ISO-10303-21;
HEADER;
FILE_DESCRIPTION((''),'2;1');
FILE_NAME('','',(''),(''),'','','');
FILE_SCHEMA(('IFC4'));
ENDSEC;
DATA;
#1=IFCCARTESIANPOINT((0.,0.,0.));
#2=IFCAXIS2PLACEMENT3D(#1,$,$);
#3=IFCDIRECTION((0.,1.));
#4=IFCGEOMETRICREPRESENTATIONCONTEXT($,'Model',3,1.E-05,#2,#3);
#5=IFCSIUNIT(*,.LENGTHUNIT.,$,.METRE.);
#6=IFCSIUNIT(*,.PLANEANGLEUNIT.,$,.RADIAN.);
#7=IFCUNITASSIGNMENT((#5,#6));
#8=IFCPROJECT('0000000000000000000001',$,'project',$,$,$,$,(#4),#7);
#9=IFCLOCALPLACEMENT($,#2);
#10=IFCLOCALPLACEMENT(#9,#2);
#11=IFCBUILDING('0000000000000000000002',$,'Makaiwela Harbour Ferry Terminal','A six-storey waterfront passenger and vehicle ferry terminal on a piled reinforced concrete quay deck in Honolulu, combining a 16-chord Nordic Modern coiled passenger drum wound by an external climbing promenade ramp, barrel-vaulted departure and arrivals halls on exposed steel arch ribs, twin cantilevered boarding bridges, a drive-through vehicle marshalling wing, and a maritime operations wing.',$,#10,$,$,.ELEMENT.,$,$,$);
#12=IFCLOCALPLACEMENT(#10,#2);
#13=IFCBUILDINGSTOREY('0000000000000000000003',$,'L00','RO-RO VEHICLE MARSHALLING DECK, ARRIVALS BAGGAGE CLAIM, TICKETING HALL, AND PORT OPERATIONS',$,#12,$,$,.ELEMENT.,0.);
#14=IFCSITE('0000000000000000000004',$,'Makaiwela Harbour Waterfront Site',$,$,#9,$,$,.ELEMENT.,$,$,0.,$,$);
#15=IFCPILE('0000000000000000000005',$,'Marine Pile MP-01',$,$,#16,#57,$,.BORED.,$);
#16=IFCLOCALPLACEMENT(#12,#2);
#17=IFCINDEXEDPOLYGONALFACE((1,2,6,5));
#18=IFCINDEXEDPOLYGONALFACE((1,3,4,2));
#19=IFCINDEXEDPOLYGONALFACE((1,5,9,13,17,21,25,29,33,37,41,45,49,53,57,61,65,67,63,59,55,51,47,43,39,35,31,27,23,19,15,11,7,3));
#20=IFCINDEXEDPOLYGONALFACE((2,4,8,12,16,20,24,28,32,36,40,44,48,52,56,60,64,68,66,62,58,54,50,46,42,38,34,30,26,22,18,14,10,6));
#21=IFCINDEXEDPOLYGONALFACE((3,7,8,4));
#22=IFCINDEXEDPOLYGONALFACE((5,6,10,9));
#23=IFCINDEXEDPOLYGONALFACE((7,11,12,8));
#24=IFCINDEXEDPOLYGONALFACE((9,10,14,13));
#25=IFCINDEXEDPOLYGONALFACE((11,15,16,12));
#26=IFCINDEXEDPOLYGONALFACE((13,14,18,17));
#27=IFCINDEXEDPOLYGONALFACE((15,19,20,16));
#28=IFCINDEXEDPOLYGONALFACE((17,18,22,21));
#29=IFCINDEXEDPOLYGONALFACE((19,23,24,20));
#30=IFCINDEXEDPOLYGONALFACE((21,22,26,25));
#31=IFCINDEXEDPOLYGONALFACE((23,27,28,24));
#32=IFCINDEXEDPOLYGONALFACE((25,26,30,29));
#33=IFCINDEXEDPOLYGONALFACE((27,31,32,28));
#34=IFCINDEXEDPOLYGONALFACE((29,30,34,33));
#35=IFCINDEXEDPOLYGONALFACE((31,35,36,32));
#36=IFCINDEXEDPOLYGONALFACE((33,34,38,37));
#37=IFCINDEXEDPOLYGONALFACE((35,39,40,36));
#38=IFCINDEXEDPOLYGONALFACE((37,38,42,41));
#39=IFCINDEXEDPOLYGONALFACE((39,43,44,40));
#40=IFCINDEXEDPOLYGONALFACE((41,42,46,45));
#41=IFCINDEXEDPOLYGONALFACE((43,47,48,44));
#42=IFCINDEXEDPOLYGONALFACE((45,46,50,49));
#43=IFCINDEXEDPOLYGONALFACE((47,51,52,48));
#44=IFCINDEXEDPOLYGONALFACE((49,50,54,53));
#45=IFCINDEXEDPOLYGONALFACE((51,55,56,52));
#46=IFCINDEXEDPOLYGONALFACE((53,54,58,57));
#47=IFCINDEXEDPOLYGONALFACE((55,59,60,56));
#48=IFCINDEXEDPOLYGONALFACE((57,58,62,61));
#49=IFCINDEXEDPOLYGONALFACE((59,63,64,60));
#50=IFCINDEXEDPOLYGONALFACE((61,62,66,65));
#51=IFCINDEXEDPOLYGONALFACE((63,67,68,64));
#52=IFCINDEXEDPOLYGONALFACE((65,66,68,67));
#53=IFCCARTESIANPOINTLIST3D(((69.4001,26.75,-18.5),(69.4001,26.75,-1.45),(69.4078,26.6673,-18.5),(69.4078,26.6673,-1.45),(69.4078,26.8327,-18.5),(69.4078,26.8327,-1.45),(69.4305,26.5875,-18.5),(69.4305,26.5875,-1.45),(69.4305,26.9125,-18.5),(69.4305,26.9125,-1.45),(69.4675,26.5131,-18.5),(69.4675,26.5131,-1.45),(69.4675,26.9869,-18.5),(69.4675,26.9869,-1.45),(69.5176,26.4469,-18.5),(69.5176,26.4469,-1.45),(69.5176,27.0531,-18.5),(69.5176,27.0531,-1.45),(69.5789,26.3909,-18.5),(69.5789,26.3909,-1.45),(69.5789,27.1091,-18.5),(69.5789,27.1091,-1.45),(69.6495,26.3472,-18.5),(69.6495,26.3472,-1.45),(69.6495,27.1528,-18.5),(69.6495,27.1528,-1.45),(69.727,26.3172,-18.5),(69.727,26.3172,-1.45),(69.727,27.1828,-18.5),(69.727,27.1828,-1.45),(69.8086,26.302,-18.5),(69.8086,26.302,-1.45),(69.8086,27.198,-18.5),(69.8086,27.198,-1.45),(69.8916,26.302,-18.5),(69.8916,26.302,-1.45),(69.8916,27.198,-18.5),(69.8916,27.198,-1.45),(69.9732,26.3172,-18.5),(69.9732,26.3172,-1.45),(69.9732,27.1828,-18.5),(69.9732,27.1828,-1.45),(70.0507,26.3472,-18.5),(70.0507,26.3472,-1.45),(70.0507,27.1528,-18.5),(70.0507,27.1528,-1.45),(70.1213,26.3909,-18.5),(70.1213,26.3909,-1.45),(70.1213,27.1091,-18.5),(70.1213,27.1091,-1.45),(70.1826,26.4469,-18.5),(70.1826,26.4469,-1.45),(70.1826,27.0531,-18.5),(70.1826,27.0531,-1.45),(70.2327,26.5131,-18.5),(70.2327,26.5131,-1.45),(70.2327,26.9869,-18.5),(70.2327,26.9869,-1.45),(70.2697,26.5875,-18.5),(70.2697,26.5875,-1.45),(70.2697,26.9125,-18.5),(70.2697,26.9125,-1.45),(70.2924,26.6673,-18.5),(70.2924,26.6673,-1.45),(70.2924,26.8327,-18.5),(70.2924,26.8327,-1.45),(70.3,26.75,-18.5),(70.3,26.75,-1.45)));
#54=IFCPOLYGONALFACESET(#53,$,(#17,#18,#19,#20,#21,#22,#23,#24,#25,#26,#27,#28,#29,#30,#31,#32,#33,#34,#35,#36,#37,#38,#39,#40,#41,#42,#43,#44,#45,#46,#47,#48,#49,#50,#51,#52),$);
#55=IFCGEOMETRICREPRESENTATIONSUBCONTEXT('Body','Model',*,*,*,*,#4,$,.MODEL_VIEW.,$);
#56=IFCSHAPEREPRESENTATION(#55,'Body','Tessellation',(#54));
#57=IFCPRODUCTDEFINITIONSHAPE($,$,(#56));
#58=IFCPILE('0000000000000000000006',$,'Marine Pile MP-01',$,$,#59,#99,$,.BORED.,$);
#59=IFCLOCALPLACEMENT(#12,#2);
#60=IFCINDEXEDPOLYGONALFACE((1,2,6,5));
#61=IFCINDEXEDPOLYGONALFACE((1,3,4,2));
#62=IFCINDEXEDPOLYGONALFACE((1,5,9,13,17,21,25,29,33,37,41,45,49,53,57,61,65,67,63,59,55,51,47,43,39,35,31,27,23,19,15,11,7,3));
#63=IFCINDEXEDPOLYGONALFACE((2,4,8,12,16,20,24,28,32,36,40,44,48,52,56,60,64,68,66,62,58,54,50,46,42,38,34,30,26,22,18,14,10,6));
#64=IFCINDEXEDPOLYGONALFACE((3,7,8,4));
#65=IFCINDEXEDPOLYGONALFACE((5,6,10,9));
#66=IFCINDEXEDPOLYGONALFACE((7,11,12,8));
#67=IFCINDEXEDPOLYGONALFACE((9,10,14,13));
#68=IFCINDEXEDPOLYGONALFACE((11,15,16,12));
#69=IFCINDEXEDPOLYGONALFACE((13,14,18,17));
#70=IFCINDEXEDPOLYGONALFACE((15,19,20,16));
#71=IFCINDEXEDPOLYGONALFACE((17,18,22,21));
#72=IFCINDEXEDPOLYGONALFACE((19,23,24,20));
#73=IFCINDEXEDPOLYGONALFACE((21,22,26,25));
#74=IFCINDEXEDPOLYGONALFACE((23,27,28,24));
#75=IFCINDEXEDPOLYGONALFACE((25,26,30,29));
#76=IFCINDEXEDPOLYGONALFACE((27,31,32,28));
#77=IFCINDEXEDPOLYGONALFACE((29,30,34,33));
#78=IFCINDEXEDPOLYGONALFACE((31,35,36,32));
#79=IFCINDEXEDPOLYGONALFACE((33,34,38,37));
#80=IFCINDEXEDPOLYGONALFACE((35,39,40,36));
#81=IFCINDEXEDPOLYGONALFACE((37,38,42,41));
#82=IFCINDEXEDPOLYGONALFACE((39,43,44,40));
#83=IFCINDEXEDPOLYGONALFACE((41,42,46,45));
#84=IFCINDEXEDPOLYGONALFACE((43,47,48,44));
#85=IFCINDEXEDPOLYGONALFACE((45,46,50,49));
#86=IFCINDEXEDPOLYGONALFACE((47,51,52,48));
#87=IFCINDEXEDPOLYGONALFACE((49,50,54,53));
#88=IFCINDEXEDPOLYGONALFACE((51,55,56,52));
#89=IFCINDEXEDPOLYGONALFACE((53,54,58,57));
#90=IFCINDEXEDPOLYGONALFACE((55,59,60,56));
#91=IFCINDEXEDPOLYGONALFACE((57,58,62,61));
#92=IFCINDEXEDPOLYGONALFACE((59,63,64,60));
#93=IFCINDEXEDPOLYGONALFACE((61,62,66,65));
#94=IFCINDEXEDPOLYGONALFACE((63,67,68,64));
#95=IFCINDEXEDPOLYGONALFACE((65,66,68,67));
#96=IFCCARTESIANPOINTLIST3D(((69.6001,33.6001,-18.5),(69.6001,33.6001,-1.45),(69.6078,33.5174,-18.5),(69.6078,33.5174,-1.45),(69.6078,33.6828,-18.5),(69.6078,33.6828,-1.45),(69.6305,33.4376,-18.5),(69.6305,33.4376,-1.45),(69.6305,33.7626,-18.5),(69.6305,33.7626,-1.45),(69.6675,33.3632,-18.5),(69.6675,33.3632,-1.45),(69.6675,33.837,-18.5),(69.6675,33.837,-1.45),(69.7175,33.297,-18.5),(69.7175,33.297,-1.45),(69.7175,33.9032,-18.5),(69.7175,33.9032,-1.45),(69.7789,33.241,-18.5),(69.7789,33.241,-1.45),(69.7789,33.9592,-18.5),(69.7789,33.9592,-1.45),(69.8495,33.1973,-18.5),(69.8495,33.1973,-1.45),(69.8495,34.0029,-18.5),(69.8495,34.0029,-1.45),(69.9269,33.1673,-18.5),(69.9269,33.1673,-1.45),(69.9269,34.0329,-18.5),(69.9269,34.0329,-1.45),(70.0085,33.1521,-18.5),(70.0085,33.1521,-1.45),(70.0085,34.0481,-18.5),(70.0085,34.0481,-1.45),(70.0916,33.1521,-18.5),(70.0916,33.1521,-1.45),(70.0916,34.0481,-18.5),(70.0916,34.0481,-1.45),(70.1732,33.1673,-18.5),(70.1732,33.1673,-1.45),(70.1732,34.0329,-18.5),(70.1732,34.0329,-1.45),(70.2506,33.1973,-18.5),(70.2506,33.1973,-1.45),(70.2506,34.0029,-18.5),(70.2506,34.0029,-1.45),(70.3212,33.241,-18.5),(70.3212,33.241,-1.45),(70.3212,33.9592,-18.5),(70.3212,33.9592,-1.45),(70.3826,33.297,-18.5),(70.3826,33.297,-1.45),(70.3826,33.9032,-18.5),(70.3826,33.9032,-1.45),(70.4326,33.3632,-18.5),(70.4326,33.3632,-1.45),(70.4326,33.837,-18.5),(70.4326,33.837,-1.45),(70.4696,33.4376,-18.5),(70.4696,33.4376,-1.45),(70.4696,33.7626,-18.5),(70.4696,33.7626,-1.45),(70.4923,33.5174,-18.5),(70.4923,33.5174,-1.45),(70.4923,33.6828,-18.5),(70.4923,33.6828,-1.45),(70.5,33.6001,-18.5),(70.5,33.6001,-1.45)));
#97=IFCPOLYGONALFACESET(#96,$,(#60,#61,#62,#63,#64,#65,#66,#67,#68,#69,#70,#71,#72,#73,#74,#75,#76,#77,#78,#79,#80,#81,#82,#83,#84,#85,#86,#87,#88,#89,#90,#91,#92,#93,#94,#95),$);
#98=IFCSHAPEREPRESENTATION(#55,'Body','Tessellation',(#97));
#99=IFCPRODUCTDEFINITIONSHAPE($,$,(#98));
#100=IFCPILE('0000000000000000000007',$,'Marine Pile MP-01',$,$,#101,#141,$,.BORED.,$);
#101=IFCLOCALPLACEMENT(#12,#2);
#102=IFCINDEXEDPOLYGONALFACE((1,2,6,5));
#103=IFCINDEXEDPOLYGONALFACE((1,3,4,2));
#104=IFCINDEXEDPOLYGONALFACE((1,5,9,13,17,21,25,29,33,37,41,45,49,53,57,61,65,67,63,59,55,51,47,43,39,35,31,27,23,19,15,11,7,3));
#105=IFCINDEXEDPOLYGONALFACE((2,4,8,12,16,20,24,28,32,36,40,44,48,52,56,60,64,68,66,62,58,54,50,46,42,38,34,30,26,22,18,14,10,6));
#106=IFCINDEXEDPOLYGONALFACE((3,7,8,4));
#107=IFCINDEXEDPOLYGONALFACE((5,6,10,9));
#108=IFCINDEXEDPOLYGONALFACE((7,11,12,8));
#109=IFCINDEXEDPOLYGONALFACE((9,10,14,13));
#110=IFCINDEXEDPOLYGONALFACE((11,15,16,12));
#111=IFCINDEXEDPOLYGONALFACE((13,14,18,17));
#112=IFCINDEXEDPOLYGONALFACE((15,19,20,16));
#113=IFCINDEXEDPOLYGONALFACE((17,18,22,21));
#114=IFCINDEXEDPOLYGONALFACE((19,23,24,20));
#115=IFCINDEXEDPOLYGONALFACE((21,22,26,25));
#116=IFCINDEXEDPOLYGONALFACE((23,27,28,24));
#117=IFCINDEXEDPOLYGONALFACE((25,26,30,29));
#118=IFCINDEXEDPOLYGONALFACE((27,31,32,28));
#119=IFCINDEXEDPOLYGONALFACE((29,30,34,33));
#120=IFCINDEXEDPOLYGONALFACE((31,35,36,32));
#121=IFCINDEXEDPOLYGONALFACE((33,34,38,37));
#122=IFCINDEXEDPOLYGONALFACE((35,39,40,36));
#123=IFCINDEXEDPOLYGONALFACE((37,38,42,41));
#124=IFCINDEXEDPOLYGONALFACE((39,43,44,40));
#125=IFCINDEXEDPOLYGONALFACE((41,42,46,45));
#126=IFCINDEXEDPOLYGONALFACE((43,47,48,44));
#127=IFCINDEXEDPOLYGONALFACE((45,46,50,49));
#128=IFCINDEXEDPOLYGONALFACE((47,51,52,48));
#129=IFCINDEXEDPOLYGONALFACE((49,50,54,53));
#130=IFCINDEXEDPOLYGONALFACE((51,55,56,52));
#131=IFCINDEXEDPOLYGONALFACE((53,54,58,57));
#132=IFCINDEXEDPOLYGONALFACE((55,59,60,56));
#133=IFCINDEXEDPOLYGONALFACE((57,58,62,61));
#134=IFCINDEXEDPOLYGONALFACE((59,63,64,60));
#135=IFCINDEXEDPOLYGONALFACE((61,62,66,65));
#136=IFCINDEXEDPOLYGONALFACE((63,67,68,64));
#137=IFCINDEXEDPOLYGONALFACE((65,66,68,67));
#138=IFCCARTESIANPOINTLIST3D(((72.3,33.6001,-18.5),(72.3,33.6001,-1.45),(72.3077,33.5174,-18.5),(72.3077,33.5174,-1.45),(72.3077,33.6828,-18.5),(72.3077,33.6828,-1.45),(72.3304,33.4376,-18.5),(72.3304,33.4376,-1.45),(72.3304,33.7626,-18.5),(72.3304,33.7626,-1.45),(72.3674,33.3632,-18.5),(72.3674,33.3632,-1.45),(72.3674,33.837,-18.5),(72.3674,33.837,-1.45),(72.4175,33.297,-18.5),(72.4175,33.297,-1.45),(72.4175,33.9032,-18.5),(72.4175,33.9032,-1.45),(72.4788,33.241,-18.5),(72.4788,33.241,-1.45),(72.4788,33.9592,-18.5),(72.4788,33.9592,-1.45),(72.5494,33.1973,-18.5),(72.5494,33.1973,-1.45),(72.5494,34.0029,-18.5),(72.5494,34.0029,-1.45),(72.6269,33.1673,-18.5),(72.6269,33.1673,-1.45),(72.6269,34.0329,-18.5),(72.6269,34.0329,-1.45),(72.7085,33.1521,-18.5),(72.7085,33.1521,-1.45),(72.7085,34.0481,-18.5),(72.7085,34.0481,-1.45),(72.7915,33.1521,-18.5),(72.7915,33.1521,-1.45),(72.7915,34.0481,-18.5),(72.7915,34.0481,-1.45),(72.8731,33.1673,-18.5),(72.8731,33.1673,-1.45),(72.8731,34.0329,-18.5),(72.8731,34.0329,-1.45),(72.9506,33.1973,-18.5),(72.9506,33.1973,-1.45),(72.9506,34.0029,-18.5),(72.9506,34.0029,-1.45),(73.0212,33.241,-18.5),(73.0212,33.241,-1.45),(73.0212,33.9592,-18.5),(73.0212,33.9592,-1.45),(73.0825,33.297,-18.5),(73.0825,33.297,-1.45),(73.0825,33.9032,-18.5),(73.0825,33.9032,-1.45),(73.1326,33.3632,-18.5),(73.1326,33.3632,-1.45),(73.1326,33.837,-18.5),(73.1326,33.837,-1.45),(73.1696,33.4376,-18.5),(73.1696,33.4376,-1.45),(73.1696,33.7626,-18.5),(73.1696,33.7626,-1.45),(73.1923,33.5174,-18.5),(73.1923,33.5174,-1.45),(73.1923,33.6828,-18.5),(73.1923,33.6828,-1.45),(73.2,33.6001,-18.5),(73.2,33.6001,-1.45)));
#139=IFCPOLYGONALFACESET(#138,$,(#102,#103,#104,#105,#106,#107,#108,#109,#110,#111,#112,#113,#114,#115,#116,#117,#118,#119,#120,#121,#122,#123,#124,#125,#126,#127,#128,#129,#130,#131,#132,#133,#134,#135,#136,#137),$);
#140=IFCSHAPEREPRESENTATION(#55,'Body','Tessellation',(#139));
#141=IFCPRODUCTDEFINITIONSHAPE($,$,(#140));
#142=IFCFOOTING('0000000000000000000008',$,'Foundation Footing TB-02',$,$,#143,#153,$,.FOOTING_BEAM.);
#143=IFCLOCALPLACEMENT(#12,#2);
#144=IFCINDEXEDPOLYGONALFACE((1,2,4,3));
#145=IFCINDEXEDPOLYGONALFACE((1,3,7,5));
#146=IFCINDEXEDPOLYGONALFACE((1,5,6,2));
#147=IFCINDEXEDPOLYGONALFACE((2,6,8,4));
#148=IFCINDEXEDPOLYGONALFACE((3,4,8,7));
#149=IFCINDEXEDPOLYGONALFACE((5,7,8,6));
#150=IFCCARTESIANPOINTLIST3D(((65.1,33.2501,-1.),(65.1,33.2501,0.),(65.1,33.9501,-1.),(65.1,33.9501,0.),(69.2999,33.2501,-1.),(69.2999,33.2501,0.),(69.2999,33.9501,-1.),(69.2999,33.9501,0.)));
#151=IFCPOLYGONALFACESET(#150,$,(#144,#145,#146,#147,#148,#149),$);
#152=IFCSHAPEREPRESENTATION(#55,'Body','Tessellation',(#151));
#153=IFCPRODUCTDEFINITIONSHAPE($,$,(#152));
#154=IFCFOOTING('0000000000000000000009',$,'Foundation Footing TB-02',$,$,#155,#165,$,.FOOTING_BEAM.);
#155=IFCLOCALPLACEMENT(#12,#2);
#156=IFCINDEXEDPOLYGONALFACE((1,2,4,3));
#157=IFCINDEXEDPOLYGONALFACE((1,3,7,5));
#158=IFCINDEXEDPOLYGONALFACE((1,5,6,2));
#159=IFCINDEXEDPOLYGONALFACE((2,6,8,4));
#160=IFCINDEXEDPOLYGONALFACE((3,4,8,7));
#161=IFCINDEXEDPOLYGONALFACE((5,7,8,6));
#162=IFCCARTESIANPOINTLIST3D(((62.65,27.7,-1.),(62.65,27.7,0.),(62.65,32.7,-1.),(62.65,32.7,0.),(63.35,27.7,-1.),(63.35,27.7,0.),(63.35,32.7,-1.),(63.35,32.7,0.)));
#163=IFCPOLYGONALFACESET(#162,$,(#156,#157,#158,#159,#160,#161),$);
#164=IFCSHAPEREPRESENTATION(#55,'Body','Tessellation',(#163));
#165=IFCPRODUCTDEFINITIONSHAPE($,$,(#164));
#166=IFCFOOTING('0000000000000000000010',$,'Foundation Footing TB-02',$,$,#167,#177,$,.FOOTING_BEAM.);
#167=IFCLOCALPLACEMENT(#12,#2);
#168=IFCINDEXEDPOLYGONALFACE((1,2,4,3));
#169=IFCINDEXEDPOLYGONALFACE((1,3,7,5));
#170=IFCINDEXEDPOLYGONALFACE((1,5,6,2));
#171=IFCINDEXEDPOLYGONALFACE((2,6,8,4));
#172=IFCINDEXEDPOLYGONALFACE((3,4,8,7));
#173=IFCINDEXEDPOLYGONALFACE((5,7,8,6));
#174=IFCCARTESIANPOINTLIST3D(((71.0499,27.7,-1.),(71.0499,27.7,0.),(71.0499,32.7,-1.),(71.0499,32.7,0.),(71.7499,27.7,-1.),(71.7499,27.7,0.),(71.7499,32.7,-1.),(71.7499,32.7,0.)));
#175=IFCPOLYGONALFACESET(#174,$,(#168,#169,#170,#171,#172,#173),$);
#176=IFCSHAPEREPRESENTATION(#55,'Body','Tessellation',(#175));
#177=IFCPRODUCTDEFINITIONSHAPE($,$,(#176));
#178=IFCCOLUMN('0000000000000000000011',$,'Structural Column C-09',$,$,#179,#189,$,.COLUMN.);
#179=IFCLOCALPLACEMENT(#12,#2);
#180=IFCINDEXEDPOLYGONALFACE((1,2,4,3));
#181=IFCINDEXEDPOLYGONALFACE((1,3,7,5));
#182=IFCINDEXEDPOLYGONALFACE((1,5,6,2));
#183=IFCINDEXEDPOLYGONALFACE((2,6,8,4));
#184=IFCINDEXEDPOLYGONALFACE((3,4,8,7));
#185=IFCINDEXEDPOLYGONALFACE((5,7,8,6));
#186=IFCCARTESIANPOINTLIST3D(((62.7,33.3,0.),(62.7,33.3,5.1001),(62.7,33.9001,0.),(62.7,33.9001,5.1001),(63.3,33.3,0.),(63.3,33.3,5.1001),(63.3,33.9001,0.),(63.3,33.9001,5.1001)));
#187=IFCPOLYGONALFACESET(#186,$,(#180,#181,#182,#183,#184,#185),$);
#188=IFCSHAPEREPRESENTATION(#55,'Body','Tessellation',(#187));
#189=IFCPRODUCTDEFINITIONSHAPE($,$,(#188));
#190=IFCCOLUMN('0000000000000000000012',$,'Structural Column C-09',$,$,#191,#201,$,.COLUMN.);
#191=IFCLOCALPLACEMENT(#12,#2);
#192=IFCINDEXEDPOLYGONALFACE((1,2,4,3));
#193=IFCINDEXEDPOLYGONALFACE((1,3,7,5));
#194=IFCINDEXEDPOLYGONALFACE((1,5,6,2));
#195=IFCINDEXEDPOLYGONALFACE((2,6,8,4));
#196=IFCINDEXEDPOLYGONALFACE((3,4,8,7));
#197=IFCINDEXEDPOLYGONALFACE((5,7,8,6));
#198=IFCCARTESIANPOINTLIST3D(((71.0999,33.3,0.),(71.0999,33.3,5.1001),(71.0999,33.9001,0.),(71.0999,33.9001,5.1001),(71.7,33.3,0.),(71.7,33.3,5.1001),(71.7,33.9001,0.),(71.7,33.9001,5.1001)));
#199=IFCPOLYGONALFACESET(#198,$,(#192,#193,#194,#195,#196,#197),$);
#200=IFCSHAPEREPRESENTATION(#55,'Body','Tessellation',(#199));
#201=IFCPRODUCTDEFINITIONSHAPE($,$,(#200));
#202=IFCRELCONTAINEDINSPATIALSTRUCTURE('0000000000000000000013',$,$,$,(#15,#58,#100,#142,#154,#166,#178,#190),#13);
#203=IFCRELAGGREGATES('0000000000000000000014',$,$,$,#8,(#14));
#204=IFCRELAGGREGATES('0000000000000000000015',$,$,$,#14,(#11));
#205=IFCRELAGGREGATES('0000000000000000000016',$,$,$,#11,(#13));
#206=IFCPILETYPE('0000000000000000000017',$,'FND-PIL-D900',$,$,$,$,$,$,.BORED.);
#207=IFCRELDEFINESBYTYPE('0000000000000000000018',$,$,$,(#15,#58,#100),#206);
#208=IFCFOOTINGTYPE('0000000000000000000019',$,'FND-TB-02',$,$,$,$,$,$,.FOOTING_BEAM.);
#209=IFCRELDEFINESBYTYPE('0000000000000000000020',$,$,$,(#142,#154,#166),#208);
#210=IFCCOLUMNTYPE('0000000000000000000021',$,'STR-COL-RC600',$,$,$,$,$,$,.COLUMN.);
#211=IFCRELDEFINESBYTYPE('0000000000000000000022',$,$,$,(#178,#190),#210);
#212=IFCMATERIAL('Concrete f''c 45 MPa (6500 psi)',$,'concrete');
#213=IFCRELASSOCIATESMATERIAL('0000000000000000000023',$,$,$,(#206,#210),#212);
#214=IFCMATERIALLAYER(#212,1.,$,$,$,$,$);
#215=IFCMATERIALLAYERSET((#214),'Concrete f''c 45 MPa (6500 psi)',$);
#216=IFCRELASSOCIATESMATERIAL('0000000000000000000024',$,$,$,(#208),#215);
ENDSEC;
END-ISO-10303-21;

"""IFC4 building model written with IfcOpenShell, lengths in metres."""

from ifc_helpers import new_model, si_unit, direction, frame, origin, origin_2d, place, context, subcontext, project, spatial, rectangle, circle, extrude, material, layer, layer_set, material_profile, profile_set, type_object, element, save


model = new_model("IFC4")

# Units and contexts
model_context = context("Model", 3, precision=1e-05, world=origin(), true_north=direction((0.0, 1.0)))
body_context = subcontext(model_context, "Body", "Model", "MODEL_VIEW")
ifc_project = project(units=[si_unit("LENGTHUNIT", "METRE"), si_unit("PLANEANGLEUNIT", "RADIAN")], contexts=[model_context])

# Site, building, storey
site_placement = place(None, origin())
site = spatial("IfcSite", under=ifc_project, at=site_placement, Name="Makaiwela Harbour Waterfront Site", CompositionType="ELEMENT", RefElevation=0.0)
building_placement = place(site_placement, origin())
building = spatial("IfcBuilding", under=site, at=building_placement, Name="Makaiwela Harbour Ferry Terminal", Description="A six-storey waterfront passenger and vehicle ferry terminal on a piled reinforced concrete quay deck in Honolulu, combining a 16-chord Nordic Modern coiled passenger drum wound by an external climbing promenade ramp, barrel-vaulted departure and arrivals halls on exposed steel arch ribs, twin cantilevered boarding bridges, a drive-through vehicle marshalling wing, and a maritime operations wing.", CompositionType="ELEMENT")
storey_placement = place(building_placement, origin())
storey = spatial("IfcBuildingStorey", under=building, at=storey_placement, Name="L00", Description="RO-RO VEHICLE MARSHALLING DECK, ARRIVALS BAGGAGE CLAIM, TICKETING HALL, AND PORT OPERATIONS", CompositionType="ELEMENT", Elevation=0.0)

# Shared definitions
ifc_material_1 = material(Name="Concrete f'c 45 MPa (6500 psi)", Category="concrete")

# Piles
ifc_material_profile_1 = material_profile(ifc_material_1, circle(Radius=0.45, at=origin_2d()), Name="PILE-D900")
ifc_profile_set_1 = profile_set([ifc_material_profile_1], Name="Concrete f'c 45 MPa (6500 psi)")
pile_type = type_object("IfcPileType", Name="FND-PIL-D900", PredefinedType="BORED", material=ifc_profile_set_1)
for number, where, z_axis, x_axis, name in (
    (1, (69.8501, 26.75, -1.45), (0.0, 0.0, -1.0), (1.0, 0.0, 0.0), "Marine Pile MP-01"),
    (2, (70.05, 33.6001, -1.45), (0.0, 0.0, -1.0), (1.0, 0.0, 0.0), "Marine Pile MP-01"),
    (3, (72.75, 33.6001, -1.45), (0.0, 0.0, -1.0), (1.0, 0.0, 0.0), "Marine Pile MP-01"),
):
    element("IfcPile", number, at=place(storey_placement, frame(where, z_axis=z_axis, x_axis=x_axis)), inside=storey, type_object=pile_type, Name=name, PredefinedType="BORED", context=body_context, shape_type="SweptSolid", body=[
        extrude(circle(Radius=0.45, at=origin_2d()), origin(), (0.0, 0.0, 1.0), 17.05),
    ])

# Footings
ifc_layer_1 = layer(ifc_material_1, 1.0)
ifc_layer_set_1 = layer_set([ifc_layer_1], Name="Concrete f'c 45 MPa (6500 psi)")
footing_type_1 = type_object("IfcFootingType", Name="FND-TB-02", PredefinedType="FOOTING_BEAM", material=ifc_layer_set_1)
footing_1_placement = place(storey_placement, frame((67.2, 33.6001, -1.0), z_axis=(0.0, 0.0, 1.0), x_axis=(1.0, 0.0, 0.0)))
element("IfcFooting", 4, at=footing_1_placement, inside=storey, type_object=footing_type_1, Name="Foundation Footing TB-02", PredefinedType="FOOTING_BEAM", context=body_context, shape_type="SweptSolid", body=[
    extrude(rectangle(XDim=4.2, YDim=0.7, at=origin_2d()), origin(), (0.0, 0.0, 1.0), 1.0),
])
for number, where, z_axis, x_axis, name in (
    (5, (63.0, 30.2, -1.0), (0.0, 0.0, 1.0), (0.0, 1.0, 0.0), "Foundation Footing TB-02"),
    (6, (71.3999, 30.2, -1.0), (0.0, 0.0, 1.0), (0.0, 1.0, 0.0), "Foundation Footing TB-02"),
):
    element("IfcFooting", number, at=place(storey_placement, frame(where, z_axis=z_axis, x_axis=x_axis)), inside=storey, type_object=footing_type_1, Name=name, PredefinedType="FOOTING_BEAM", context=body_context, shape_type="SweptSolid", body=[
        extrude(rectangle(XDim=5.0, YDim=0.7, at=origin_2d()), origin(), (0.0, 0.0, 1.0), 1.0),
    ])

# Columns
ifc_material_profile_2 = material_profile(ifc_material_1, rectangle(XDim=0.6001, YDim=0.6001, at=origin_2d()), Name="RC-600X600")
ifc_profile_set_2 = profile_set([ifc_material_profile_2], Name="Concrete f'c 45 MPa (6500 psi)")
column_type_1 = type_object("IfcColumnType", Name="STR-COL-RC600", PredefinedType="COLUMN", material=ifc_profile_set_2)
for number, where, z_axis, x_axis, name in (
    (7, (63.0, 33.6001, 0.0), (0.0, 0.0, 1.0), (1.0, 0.0, 0.0), "Structural Column C-09"),
    (8, (71.3999, 33.6001, 0.0), (0.0, 0.0, 1.0), (1.0, 0.0, 0.0), "Structural Column C-09"),
):
    element("IfcColumn", number, at=place(storey_placement, frame(where, z_axis=z_axis, x_axis=x_axis)), inside=storey, type_object=column_type_1, Name=name, PredefinedType="COLUMN", context=body_context, shape_type="SweptSolid", body=[
        extrude(rectangle(XDim=0.6001, YDim=0.6001, at=origin_2d()), origin(), (0.0, 0.0, 1.0), 5.1001),
    ])

save(model, "model.ifc")
